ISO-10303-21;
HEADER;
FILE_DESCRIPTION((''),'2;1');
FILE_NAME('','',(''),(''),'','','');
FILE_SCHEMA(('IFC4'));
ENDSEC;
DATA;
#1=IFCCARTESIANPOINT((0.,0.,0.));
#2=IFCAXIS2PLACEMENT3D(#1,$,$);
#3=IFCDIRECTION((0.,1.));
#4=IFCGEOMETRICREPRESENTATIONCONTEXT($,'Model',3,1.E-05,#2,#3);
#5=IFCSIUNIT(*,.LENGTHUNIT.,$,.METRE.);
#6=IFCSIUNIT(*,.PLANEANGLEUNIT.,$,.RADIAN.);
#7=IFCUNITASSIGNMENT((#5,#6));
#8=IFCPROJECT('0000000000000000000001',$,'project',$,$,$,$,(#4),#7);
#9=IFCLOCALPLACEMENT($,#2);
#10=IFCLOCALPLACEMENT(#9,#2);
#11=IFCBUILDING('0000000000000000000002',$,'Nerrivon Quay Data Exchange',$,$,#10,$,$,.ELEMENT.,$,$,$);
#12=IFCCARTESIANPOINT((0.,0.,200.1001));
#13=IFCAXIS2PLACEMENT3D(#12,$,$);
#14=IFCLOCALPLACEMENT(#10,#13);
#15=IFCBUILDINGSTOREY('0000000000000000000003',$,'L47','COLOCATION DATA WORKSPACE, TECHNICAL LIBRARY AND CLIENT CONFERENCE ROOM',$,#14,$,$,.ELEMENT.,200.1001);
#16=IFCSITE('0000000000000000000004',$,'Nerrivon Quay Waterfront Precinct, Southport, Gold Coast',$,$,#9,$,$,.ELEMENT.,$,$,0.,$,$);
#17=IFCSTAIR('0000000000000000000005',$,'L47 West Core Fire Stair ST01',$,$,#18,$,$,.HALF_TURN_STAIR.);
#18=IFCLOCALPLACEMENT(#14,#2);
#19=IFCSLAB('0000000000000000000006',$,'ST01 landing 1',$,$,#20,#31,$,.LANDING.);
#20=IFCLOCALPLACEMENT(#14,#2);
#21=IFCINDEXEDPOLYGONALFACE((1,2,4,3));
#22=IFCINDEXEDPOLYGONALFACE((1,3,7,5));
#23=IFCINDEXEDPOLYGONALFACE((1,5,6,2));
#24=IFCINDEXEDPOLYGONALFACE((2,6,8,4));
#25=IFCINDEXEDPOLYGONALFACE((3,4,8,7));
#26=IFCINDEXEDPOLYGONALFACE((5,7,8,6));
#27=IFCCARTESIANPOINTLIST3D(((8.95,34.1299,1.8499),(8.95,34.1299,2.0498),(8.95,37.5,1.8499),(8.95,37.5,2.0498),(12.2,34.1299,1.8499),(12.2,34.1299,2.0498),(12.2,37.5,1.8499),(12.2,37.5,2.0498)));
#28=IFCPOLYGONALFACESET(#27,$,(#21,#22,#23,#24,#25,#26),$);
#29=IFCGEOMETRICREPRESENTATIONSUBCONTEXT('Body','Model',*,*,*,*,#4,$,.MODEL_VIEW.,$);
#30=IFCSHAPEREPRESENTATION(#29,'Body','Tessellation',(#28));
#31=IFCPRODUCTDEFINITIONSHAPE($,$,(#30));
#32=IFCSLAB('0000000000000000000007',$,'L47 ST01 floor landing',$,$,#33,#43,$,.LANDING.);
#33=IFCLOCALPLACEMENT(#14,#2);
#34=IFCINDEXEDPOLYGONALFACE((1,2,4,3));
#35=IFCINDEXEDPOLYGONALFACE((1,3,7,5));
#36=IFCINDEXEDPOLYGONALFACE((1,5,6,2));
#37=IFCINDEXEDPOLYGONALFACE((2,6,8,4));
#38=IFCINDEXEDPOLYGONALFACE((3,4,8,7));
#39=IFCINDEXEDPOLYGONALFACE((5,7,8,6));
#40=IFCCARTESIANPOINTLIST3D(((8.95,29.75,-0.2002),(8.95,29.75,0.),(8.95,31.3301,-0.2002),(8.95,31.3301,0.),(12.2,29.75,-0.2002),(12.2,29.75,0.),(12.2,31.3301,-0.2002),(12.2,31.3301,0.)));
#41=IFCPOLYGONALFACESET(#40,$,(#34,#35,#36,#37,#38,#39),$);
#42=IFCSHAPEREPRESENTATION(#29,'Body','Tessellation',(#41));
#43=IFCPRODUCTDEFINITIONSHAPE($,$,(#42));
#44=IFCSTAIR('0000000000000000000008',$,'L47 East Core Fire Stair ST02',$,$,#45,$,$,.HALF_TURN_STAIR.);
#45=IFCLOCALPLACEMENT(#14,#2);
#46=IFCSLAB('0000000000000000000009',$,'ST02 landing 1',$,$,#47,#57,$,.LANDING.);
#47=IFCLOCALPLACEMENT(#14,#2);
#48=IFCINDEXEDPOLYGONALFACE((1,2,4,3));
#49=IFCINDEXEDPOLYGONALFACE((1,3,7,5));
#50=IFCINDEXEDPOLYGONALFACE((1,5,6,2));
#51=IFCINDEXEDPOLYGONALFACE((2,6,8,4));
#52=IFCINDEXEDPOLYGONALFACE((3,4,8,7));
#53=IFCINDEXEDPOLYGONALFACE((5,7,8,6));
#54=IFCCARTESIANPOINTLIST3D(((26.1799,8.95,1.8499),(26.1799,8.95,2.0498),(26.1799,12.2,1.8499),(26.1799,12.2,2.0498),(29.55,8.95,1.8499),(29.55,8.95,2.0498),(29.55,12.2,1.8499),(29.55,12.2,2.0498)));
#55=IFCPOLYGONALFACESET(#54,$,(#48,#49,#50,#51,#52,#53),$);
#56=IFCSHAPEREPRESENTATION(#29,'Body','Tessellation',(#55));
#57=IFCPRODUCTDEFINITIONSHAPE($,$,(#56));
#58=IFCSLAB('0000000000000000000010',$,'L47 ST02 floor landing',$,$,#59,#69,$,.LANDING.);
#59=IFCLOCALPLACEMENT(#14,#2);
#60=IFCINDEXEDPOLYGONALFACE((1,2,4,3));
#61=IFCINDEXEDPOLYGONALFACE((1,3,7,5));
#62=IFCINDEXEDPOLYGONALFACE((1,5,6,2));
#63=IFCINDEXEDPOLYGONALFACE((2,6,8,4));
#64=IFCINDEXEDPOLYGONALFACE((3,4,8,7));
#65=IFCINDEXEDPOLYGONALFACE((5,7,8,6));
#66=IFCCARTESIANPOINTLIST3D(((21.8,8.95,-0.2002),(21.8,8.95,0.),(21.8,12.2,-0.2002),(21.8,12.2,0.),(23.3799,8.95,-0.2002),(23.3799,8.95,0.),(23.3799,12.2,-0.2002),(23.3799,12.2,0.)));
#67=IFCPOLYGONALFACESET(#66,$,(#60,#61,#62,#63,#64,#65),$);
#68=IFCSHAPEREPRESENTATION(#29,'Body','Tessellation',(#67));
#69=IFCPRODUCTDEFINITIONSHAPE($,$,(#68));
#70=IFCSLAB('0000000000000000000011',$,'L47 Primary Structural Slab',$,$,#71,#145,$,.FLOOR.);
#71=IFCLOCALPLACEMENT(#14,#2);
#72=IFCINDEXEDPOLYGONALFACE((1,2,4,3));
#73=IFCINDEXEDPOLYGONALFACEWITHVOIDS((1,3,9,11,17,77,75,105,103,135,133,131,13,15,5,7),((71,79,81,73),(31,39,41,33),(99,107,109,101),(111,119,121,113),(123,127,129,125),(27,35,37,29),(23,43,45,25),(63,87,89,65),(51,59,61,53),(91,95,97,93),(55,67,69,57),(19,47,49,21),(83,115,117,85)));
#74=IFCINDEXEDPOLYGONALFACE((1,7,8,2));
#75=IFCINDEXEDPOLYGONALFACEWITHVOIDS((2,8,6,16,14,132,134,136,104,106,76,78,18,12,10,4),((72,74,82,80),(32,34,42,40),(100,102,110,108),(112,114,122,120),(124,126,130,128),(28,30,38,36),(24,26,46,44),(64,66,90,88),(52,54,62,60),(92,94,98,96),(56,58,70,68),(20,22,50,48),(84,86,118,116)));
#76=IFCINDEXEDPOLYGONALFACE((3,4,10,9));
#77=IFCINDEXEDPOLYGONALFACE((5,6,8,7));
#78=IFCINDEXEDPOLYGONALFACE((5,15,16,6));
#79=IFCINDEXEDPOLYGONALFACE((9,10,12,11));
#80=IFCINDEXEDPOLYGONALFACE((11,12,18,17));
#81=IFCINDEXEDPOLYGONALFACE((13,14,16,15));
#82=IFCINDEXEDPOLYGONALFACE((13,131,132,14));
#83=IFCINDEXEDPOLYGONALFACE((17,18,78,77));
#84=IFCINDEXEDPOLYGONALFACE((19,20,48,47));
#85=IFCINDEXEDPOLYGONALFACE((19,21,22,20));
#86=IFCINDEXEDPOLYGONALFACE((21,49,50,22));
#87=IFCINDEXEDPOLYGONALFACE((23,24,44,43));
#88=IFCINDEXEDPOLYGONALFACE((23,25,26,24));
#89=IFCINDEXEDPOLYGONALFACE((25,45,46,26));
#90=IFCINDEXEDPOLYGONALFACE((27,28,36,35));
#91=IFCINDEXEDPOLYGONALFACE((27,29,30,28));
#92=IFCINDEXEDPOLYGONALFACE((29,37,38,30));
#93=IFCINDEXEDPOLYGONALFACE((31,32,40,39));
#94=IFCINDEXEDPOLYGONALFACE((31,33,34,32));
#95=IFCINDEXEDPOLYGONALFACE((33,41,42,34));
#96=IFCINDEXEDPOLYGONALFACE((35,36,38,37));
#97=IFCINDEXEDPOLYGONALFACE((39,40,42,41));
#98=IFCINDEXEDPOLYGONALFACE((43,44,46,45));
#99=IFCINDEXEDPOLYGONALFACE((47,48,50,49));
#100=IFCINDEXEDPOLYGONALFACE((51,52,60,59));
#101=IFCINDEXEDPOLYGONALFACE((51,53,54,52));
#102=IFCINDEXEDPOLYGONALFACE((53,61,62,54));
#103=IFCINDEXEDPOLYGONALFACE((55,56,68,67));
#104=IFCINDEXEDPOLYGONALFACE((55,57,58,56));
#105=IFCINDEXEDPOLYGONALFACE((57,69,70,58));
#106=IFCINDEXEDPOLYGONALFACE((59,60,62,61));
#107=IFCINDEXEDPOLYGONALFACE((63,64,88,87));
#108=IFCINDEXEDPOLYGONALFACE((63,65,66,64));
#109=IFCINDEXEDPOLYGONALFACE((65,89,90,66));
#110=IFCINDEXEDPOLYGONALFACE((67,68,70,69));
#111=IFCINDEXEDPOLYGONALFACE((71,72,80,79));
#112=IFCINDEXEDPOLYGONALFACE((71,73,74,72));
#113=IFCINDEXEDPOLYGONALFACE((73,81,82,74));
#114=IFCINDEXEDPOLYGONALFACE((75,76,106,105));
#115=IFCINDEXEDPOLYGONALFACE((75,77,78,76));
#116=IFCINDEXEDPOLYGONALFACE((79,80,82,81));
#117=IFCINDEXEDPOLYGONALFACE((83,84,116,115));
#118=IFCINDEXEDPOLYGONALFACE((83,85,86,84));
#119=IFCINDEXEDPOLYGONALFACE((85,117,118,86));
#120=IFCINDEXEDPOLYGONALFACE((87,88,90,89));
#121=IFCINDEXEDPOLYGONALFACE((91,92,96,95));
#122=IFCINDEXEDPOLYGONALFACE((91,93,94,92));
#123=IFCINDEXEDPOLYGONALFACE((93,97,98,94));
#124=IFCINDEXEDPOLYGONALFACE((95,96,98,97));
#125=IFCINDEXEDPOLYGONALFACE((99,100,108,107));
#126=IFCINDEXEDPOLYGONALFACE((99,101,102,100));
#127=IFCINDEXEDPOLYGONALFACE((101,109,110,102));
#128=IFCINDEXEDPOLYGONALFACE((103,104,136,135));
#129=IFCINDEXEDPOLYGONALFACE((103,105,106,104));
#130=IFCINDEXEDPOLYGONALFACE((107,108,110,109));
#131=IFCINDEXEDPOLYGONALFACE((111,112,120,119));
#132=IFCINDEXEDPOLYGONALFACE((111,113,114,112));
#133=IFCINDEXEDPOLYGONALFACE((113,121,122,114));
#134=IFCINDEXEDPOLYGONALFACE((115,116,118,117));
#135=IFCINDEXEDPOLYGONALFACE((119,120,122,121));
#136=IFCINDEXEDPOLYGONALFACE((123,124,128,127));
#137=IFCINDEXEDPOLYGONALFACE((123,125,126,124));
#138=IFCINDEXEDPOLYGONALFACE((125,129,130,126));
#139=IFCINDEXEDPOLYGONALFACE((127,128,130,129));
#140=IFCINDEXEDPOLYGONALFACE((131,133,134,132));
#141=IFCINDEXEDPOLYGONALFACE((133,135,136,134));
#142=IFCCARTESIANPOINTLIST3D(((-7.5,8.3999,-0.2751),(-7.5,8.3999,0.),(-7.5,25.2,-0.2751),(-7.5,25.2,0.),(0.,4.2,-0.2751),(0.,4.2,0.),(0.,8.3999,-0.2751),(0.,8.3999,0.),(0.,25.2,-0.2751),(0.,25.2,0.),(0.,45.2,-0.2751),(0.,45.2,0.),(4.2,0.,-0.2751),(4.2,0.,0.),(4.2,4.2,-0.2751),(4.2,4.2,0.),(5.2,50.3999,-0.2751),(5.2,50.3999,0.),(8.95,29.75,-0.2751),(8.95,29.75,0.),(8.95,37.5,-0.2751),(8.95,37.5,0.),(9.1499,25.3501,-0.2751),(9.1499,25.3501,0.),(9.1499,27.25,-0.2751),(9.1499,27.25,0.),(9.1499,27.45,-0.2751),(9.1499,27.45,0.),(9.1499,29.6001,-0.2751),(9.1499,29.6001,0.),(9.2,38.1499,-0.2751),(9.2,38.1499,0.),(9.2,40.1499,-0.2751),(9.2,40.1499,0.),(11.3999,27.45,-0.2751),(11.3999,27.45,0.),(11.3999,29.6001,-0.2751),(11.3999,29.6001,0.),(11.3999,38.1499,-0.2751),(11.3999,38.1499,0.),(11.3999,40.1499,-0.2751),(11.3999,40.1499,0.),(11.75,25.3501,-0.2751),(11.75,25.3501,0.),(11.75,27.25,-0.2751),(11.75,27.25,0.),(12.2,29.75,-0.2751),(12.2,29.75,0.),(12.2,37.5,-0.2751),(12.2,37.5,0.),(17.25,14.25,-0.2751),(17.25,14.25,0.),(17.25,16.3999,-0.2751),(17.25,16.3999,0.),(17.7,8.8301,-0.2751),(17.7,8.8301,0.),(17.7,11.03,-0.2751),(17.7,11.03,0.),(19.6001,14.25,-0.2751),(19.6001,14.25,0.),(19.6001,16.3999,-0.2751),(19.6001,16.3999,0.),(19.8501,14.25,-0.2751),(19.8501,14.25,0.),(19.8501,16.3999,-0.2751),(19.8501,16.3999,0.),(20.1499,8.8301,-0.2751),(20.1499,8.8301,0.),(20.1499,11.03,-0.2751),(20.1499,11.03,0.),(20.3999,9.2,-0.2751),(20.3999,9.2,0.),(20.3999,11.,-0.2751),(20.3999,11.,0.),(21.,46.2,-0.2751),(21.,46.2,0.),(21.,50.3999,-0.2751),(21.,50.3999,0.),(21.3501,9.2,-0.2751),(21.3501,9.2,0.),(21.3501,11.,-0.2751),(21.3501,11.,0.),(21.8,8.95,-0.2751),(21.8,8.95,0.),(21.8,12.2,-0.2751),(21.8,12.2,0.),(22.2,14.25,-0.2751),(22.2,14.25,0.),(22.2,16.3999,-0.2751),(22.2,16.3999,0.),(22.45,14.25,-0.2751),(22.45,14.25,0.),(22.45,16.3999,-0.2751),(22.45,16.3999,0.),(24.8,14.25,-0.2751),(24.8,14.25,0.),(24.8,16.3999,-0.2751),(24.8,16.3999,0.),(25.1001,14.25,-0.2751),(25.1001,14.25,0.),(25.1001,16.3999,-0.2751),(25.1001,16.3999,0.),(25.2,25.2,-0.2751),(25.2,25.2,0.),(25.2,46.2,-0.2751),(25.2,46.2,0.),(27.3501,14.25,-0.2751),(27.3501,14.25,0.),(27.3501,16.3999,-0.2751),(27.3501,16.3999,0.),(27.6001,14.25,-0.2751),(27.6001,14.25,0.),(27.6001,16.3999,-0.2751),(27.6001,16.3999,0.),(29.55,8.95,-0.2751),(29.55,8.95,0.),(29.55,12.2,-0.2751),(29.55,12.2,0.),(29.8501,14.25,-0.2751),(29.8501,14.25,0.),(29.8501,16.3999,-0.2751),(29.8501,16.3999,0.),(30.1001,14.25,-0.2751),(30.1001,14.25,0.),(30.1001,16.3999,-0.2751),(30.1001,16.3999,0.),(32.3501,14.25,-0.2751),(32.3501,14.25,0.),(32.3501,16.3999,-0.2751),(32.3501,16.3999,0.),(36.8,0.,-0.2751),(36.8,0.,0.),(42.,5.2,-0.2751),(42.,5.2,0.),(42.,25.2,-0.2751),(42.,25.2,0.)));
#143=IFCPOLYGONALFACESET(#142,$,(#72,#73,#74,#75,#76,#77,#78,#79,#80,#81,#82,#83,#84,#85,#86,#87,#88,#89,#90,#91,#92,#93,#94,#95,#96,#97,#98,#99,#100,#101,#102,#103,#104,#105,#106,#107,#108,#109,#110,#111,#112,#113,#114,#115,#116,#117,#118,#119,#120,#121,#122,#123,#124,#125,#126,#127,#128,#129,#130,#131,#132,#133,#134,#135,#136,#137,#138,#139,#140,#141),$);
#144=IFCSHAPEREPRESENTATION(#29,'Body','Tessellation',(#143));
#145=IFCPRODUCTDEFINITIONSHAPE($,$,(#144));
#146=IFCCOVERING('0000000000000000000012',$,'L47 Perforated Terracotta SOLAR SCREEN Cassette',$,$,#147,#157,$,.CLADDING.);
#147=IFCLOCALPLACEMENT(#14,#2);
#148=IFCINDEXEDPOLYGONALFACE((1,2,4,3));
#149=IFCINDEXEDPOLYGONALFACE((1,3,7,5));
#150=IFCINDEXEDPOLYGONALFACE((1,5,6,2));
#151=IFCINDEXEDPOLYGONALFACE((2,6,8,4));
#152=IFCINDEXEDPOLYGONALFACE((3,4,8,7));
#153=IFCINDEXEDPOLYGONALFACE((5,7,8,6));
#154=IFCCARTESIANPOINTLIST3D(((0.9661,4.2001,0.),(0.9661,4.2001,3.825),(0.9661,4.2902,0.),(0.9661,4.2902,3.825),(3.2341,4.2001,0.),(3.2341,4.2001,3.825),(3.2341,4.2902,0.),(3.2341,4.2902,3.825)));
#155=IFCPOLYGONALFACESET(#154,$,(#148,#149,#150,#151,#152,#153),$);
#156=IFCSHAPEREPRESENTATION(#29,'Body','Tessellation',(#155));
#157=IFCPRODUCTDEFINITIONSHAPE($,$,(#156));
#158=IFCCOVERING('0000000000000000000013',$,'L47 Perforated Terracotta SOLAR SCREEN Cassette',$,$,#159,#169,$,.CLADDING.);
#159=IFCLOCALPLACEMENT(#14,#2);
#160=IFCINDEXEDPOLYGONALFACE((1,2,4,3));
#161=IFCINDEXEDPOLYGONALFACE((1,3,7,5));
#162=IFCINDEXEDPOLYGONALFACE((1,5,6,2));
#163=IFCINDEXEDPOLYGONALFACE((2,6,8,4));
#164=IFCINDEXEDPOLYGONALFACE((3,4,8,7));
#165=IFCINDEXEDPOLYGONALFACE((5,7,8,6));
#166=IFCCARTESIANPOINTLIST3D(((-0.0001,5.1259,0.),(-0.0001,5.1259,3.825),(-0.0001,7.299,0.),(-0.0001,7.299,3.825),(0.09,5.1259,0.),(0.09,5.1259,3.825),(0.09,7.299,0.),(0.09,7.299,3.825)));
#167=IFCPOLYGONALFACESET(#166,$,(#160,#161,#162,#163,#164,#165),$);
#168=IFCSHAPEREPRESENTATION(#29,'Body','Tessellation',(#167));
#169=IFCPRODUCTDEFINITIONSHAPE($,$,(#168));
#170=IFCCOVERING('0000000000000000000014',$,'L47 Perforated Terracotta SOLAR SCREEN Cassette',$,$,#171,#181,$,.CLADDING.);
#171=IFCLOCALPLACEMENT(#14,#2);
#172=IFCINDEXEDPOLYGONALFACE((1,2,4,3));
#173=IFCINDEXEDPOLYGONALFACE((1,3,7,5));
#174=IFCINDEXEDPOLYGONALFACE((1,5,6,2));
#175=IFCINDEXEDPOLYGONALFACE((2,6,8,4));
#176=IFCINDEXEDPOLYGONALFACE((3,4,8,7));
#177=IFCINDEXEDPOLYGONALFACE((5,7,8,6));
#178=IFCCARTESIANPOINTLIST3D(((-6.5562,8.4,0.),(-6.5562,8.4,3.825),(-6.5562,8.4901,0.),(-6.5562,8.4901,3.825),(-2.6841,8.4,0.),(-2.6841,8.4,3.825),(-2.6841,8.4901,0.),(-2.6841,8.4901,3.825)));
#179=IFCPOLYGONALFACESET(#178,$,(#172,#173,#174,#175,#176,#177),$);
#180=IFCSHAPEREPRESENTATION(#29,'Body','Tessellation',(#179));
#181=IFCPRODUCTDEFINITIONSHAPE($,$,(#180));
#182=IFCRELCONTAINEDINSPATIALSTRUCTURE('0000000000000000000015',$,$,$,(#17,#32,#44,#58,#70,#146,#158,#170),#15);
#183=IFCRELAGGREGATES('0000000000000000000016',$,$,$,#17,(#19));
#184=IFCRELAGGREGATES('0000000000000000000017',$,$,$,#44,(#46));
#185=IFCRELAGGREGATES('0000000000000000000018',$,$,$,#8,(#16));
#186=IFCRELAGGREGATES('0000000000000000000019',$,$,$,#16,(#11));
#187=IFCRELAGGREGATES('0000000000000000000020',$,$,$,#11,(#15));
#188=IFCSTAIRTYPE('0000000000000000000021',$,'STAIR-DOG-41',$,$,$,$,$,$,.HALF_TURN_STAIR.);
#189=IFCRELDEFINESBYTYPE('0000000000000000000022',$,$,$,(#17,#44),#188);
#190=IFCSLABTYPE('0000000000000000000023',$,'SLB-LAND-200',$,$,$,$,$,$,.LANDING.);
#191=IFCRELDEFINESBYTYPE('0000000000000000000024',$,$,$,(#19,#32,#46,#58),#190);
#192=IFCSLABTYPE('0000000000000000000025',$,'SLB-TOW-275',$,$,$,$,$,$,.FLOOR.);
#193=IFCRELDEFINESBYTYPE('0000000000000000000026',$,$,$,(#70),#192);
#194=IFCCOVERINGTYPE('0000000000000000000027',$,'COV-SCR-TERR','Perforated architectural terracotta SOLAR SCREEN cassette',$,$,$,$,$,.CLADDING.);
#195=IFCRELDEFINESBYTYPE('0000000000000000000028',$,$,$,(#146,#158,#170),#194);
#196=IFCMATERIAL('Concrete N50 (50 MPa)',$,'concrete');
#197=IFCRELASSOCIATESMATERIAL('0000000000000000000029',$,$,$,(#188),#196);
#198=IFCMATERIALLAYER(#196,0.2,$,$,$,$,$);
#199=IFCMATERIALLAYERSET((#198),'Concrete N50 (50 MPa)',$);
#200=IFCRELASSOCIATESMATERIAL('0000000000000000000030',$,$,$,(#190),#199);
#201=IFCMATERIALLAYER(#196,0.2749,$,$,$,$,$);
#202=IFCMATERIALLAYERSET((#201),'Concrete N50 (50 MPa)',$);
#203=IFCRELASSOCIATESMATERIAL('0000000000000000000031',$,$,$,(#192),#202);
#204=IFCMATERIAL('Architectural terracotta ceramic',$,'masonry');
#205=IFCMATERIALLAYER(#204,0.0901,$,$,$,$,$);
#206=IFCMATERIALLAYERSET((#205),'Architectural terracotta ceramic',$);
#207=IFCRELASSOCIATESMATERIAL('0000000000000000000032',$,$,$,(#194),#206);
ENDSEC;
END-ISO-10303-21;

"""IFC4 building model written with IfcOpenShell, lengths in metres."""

from ifc_helpers import new_model, si_unit, direction, frame, origin, origin_2d, place, context, subcontext, project, spatial, polyline, rectangle, outline, extrude, material, layer, layer_set, type_object, element, aggregate, save


model = new_model("IFC4")

# Units and contexts
model_context = context("Model", 3, precision=1e-05, world=origin(), true_north=direction((0.0, 1.0)))
body_context = subcontext(model_context, "Body", "Model", "MODEL_VIEW")
ifc_project = project(units=[si_unit("LENGTHUNIT", "METRE"), si_unit("PLANEANGLEUNIT", "RADIAN")], contexts=[model_context])

# Site, building, storey
site_placement = place(None, origin())
site = spatial("IfcSite", under=ifc_project, at=site_placement, Name="Nerrivon Quay Waterfront Precinct, Southport, Gold Coast", CompositionType="ELEMENT", RefElevation=0.0)
building_placement = place(site_placement, origin())
building = spatial("IfcBuilding", under=site, at=building_placement, Name="Nerrivon Quay Data Exchange", CompositionType="ELEMENT")
storey_placement = place(building_placement, frame((0.0, 0.0, 200.1001)))
storey = spatial("IfcBuildingStorey", under=building, at=storey_placement, Name="L47", Description="COLOCATION DATA WORKSPACE, TECHNICAL LIBRARY AND CLIENT CONFERENCE ROOM", CompositionType="ELEMENT", Elevation=200.1001)

# Stair, slab
ifc_material_1 = material(Name="Concrete N50 (50 MPa)", Category="concrete")
stair_type = type_object("IfcStairType", Name="STAIR-DOG-41", PredefinedType="HALF_TURN_STAIR", material=ifc_material_1)
stair_1_placement = place(storey_placement, origin())
stair_1 = element("IfcStair", 1, at=stair_1_placement, inside=storey, type_object=stair_type, Name="L47 West Core Fire Stair ST01", PredefinedType="HALF_TURN_STAIR")
ifc_layer_1 = layer(ifc_material_1, 0.2)
ifc_layer_set_1 = layer_set([ifc_layer_1], Name="Concrete N50 (50 MPa)")
slab_type_1 = type_object("IfcSlabType", Name="SLB-LAND-200", PredefinedType="LANDING", material=ifc_layer_set_1)
slab_1_placement = place(storey_placement, frame((0.0, 0.0, 1.8499)))
slab_1 = element("IfcSlab", 2, at=slab_1_placement, type_object=slab_type_1, Name="ST01 landing 1", PredefinedType="LANDING", context=body_context, shape_type="SweptSolid", body=[
    extrude(outline(polyline([(12.2, 34.1299), (12.2, 37.5), (8.95, 37.5), (8.95, 34.1299), (12.2, 34.1299)])), origin(), (0.0, 0.0, 1.0), 0.2),
])
aggregate(stair_1, [slab_1])

# Slab
slab_2_placement = place(storey_placement, frame((0.0, 0.0, -0.2002)))
element("IfcSlab", 3, at=slab_2_placement, inside=storey, type_object=slab_type_1, Name="L47 ST01 floor landing", PredefinedType="LANDING", context=body_context, shape_type="SweptSolid", body=[
    extrude(outline(polyline([(12.2, 29.75), (12.2, 31.3301), (8.95, 31.3301), (8.95, 29.75), (12.2, 29.75)])), origin(), (0.0, 0.0, 1.0), 0.2002),
])

# Stair, slab
stair_2_placement = place(storey_placement, origin())
stair_2 = element("IfcStair", 4, at=stair_2_placement, inside=storey, type_object=stair_type, Name="L47 East Core Fire Stair ST02", PredefinedType="HALF_TURN_STAIR")
slab_3_placement = place(storey_placement, frame((0.0, 0.0, 1.8499)))
slab_3 = element("IfcSlab", 5, at=slab_3_placement, type_object=slab_type_1, Name="ST02 landing 1", PredefinedType="LANDING", context=body_context, shape_type="SweptSolid", body=[
    extrude(outline(polyline([(26.1799, 8.95), (29.55, 8.95), (29.55, 12.2), (26.1799, 12.2), (26.1799, 8.95)])), origin(), (0.0, 0.0, 1.0), 0.2),
])
aggregate(stair_2, [slab_3])

# Slabs
slab_4_placement = place(storey_placement, frame((0.0, 0.0, -0.2002)))
element("IfcSlab", 6, at=slab_4_placement, inside=storey, type_object=slab_type_1, Name="L47 ST02 floor landing", PredefinedType="LANDING", context=body_context, shape_type="SweptSolid", body=[
    extrude(outline(polyline([(21.8, 8.95), (23.3799, 8.95), (23.3799, 12.2), (21.8, 12.2), (21.8, 8.95)])), origin(), (0.0, 0.0, 1.0), 0.2002),
])
ifc_layer_2 = layer(ifc_material_1, 0.2749)
ifc_layer_set_2 = layer_set([ifc_layer_2], Name="Concrete N50 (50 MPa)")
slab_type_2 = type_object("IfcSlabType", Name="SLB-TOW-275", PredefinedType="FLOOR", material=ifc_layer_set_2)
slab_5_placement = place(storey_placement, frame((0.0, 0.0, -0.2751)))
element("IfcSlab", 7, at=slab_5_placement, inside=storey, type_object=slab_type_2, Name="L47 Primary Structural Slab", PredefinedType="FLOOR", context=body_context, shape_type="SweptSolid", body=[
    extrude(outline(polyline([(0.0, 8.3999), (0.0, 4.2), (4.2, 4.2), (4.2, 0.0), (36.8, 0.0), (42.0, 5.2), (42.0, 25.2), (25.2, 25.2), (25.2, 46.2), (21.0, 46.2), (21.0, 50.3999), (5.2, 50.3999), (0.0, 45.2), (0.0, 25.2), (-7.5, 25.2), (-7.5, 8.3999), (0.0, 8.3999)]), holes=[polyline([(8.95, 29.75), (8.95, 37.5), (12.2, 37.5), (12.2, 29.75), (8.95, 29.75)]), polyline([(21.8, 12.2), (29.55, 12.2), (29.55, 8.95), (21.8, 8.95), (21.8, 12.2)]), polyline([(30.1001, 16.3999), (32.3501, 16.3999), (32.3501, 14.25), (30.1001, 14.25), (30.1001, 16.3999)]), polyline([(27.6001, 16.3999), (29.8501, 16.3999), (29.8501, 14.25), (27.6001, 14.25), (27.6001, 16.3999)]), polyline([(25.1001, 14.25), (25.1001, 16.3999), (27.3501, 16.3999), (27.3501, 14.25), (25.1001, 14.25)]), polyline([(22.45, 16.3999), (24.8, 16.3999), (24.8, 14.25), (22.45, 14.25), (22.45, 16.3999)]), polyline([(19.8501, 16.3999), (22.2, 16.3999), (22.2, 14.25), (19.8501, 14.25), (19.8501, 16.3999)]), polyline([(20.3999, 9.2), (20.3999, 11.0), (21.3501, 11.0), (21.3501, 9.2), (20.3999, 9.2)]), polyline([(17.7, 8.8301), (17.7, 11.03), (20.1499, 11.03), (20.1499, 8.8301), (17.7, 8.8301)]), polyline([(17.25, 14.25), (17.25, 16.3999), (19.6001, 16.3999), (19.6001, 14.25), (17.25, 14.25)]), polyline([(9.1499, 27.25), (11.75, 27.25), (11.75, 25.3501), (9.1499, 25.3501), (9.1499, 27.25)]), polyline([(9.1499, 29.6001), (11.3999, 29.6001), (11.3999, 27.45), (9.1499, 27.45), (9.1499, 29.6001)]), polyline([(9.2, 38.1499), (9.2, 40.1499), (11.3999, 40.1499), (11.3999, 38.1499), (9.2, 38.1499)])]), origin(), (0.0, 0.0, 1.0), 0.2751),
])

# Coverings
ifc_material_2 = material(Name="Architectural terracotta ceramic", Category="masonry")
ifc_layer_3 = layer(ifc_material_2, 0.0901)
ifc_layer_set_3 = layer_set([ifc_layer_3], Name="Architectural terracotta ceramic")
covering_type = type_object("IfcCoveringType", Name="COV-SCR-TERR", Description="Perforated architectural terracotta SOLAR SCREEN cassette", PredefinedType="CLADDING", material=ifc_layer_set_3)
covering_1_placement = place(storey_placement, frame((2.1001, 4.2451, 0.0), z_axis=(0.0, 0.0, 1.0), x_axis=(-1.0, 0.0, 0.0)))
element("IfcCovering", 8, at=covering_1_placement, inside=storey, type_object=covering_type, Name="L47 Perforated Terracotta SOLAR SCREEN Cassette", PredefinedType="CLADDING", context=body_context, shape_type="SweptSolid", body=[
    extrude(rectangle(XDim=2.2681, YDim=0.0901, at=origin_2d()), origin(), (0.0, 0.0, 1.0), 3.825),
])
covering_2_placement = place(storey_placement, frame((0.0449, 6.2124, 0.0), z_axis=(0.0, 0.0, 1.0), x_axis=(0.0, 1.0, 0.0)))
element("IfcCovering", 9, at=covering_2_placement, inside=storey, type_object=covering_type, Name="L47 Perforated Terracotta SOLAR SCREEN Cassette", PredefinedType="CLADDING", context=body_context, shape_type="SweptSolid", body=[
    extrude(rectangle(XDim=2.1731, YDim=0.0901, at=origin_2d()), origin(), (0.0, 0.0, 1.0), 3.825),
])
covering_3_placement = place(storey_placement, frame((-4.6201, 8.4451, 0.0), z_axis=(0.0, 0.0, 1.0), x_axis=(-1.0, 0.0, 0.0)))
element("IfcCovering", 10, at=covering_3_placement, inside=storey, type_object=covering_type, Name="L47 Perforated Terracotta SOLAR SCREEN Cassette", PredefinedType="CLADDING", context=body_context, shape_type="SweptSolid", body=[
    extrude(rectangle(XDim=3.8721, YDim=0.0901, at=origin_2d()), origin(), (0.0, 0.0, 1.0), 3.825),
])

save(model, "model.ifc")
